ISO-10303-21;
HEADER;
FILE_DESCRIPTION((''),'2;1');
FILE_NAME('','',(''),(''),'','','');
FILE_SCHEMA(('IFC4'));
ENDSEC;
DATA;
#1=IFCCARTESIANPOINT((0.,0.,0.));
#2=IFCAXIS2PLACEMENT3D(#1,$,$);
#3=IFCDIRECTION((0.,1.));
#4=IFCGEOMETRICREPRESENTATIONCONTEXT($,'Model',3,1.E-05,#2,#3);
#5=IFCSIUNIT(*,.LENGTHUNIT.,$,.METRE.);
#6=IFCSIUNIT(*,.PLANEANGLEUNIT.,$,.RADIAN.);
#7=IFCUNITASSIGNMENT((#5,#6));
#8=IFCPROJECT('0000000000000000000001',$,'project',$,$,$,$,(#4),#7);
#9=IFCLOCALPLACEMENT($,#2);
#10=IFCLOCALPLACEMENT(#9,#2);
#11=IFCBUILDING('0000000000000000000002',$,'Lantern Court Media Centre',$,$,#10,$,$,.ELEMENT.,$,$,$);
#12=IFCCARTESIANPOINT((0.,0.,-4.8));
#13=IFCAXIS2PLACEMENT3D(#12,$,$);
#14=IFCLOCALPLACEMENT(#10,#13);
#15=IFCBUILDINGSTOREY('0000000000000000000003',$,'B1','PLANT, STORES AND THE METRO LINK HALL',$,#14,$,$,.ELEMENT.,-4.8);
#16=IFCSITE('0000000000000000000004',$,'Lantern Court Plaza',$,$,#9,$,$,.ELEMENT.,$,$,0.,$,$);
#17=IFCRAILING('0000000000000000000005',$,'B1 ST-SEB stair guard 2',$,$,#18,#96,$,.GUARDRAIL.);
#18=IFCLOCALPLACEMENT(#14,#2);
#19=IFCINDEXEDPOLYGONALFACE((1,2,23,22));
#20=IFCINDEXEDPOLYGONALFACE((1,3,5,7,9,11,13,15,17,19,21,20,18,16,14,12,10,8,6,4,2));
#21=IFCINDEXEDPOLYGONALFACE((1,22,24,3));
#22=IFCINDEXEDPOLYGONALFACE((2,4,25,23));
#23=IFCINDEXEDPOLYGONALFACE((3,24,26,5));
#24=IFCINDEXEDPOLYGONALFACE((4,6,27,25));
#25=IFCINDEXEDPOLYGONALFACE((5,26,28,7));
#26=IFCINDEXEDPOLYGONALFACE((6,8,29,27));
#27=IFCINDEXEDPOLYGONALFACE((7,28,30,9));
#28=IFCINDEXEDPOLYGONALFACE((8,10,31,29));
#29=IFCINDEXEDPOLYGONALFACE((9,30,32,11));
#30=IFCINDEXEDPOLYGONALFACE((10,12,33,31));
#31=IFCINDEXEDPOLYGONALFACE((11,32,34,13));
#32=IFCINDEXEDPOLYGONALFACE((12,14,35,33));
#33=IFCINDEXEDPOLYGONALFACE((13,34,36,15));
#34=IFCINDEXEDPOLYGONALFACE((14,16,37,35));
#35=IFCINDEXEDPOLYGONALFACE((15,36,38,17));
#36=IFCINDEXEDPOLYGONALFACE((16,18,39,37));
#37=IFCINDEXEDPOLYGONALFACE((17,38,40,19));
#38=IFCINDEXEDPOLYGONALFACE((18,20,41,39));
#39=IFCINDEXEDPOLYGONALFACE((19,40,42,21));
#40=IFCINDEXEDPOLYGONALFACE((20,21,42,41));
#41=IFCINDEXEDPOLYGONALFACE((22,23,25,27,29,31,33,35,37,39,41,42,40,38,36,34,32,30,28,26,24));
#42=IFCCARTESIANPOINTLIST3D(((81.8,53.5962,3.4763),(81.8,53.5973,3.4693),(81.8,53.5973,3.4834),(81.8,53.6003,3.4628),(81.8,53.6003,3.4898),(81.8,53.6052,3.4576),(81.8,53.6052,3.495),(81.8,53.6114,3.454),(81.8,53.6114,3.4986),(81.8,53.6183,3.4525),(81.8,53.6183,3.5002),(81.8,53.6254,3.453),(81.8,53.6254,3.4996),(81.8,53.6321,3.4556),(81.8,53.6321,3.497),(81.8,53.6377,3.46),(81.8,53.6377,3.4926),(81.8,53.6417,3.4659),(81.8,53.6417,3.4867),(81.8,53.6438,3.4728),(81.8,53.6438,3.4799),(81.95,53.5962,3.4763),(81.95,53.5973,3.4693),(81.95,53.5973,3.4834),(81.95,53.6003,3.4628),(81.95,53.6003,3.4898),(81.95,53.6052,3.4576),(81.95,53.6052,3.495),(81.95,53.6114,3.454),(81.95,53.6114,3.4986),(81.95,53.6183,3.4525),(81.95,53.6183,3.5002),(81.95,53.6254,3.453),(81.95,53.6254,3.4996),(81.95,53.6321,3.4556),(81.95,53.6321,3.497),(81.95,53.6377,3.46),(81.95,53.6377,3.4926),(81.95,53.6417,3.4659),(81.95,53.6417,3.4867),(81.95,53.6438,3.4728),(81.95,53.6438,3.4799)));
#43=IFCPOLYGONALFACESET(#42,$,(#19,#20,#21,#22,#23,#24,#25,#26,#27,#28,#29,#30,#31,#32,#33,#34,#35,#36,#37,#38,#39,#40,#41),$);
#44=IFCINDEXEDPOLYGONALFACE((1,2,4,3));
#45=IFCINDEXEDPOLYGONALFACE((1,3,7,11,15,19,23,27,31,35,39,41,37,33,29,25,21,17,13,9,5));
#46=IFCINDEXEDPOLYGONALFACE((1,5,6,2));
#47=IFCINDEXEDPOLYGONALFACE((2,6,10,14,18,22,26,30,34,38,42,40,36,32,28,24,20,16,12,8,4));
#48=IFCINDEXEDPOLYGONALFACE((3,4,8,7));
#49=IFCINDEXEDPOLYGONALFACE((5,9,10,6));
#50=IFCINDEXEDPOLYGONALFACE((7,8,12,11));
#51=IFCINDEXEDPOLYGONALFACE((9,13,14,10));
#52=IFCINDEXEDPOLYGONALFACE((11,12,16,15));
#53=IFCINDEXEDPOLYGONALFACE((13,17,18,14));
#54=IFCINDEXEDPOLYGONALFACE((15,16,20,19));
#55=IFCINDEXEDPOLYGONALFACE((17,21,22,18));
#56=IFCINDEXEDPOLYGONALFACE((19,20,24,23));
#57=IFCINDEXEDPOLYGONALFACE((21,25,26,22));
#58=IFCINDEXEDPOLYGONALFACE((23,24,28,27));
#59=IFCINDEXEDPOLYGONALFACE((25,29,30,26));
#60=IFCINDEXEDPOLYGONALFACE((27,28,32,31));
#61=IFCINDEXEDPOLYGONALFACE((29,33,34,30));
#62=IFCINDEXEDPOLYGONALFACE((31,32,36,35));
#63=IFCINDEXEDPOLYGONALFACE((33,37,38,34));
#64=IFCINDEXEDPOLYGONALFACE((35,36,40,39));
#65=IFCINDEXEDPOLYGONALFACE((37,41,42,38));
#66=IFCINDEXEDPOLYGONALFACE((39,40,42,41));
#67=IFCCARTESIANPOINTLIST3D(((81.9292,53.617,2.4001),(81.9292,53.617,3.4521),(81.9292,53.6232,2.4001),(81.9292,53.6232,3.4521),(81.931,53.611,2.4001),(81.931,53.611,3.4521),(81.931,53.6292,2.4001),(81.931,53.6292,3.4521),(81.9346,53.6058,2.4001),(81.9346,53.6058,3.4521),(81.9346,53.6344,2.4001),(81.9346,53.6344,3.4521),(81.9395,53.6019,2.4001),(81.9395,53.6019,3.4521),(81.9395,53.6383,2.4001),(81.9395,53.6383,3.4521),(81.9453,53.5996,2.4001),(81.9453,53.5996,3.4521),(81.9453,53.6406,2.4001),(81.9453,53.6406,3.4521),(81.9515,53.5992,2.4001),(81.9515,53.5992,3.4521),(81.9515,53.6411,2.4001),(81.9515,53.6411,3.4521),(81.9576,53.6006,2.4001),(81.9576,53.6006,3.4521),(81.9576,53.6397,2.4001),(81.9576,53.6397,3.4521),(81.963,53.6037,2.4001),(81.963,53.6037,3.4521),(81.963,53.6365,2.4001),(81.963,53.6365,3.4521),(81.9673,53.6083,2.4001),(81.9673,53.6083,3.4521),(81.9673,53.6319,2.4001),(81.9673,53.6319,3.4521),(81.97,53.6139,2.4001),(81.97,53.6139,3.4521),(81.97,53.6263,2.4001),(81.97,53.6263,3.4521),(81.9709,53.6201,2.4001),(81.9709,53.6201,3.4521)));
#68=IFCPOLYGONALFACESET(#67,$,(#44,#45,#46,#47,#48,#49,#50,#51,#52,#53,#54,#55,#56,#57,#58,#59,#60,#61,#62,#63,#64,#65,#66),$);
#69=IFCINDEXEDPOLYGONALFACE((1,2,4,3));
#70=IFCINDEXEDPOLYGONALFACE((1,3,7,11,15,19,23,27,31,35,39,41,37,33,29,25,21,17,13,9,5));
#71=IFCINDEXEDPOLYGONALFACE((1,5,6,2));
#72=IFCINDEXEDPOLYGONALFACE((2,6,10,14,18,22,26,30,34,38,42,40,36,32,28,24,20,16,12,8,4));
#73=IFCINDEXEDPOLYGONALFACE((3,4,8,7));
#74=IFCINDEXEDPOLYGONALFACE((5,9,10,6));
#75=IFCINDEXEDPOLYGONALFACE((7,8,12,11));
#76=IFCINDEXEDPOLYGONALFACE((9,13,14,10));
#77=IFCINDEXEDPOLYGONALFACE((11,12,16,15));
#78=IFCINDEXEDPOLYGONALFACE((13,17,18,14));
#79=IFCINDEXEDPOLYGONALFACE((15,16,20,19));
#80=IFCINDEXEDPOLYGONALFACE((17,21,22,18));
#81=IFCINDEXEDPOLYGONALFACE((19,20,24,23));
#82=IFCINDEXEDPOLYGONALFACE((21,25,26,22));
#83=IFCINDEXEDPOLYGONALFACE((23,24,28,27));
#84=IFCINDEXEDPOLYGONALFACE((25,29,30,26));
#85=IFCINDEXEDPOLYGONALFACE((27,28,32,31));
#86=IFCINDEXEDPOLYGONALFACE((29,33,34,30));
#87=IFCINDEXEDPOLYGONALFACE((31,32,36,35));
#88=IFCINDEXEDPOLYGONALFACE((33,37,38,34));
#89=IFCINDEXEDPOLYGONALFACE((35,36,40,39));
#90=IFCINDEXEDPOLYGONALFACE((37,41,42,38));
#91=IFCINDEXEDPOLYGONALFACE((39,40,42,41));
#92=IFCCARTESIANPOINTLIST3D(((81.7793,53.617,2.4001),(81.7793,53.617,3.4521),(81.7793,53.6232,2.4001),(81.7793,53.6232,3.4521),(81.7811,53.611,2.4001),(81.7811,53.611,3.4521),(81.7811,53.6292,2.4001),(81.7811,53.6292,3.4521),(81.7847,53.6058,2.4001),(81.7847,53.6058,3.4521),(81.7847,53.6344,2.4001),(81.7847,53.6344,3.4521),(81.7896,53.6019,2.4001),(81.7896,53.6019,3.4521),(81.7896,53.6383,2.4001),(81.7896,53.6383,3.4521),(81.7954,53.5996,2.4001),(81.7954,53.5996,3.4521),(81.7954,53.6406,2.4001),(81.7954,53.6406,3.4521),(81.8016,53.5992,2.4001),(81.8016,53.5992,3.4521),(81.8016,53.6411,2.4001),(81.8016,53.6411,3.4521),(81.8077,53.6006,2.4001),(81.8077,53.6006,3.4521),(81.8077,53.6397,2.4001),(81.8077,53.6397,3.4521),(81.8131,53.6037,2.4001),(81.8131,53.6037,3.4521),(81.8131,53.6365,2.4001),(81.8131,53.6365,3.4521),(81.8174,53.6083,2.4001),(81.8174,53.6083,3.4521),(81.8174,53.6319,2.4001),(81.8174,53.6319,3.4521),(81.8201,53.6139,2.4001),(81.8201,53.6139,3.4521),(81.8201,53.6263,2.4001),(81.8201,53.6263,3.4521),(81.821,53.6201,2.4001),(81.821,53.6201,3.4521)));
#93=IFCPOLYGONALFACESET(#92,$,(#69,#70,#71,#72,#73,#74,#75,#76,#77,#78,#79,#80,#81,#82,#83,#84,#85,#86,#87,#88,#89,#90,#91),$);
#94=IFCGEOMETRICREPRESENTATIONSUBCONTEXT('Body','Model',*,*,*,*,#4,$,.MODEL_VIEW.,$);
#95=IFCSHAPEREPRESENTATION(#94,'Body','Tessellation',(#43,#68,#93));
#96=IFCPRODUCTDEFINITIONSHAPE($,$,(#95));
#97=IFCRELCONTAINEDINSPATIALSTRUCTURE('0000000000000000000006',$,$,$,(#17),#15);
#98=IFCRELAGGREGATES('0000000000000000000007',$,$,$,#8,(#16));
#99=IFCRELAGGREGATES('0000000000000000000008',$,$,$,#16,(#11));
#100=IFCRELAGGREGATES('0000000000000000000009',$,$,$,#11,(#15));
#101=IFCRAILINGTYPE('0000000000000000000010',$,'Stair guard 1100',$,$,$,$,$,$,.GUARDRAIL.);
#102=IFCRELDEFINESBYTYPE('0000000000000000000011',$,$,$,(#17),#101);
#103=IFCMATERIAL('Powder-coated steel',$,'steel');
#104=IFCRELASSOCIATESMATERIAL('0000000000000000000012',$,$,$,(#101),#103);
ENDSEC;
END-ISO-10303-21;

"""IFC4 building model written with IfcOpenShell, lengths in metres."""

from ifc_helpers import new_model, si_unit, direction, frame, origin, origin_2d, place, context, subcontext, project, spatial, circle, extrude, material, type_object, element, save


model = new_model("IFC4")

# Units and contexts
model_context = context("Model", 3, precision=1e-05, world=origin(), true_north=direction((0.0, 1.0)))
body_context = subcontext(model_context, "Body", "Model", "MODEL_VIEW")
ifc_project = project(units=[si_unit("LENGTHUNIT", "METRE"), si_unit("PLANEANGLEUNIT", "RADIAN")], contexts=[model_context])

# Site, building, storey
site_placement = place(None, origin())
site = spatial("IfcSite", under=ifc_project, at=site_placement, Name="Lantern Court Plaza", CompositionType="ELEMENT", RefElevation=0.0)
building_placement = place(site_placement, origin())
building = spatial("IfcBuilding", under=site, at=building_placement, Name="Lantern Court Media Centre", CompositionType="ELEMENT")
storey_placement = place(building_placement, frame((0.0, 0.0, -4.8)))
storey = spatial("IfcBuildingStorey", under=building, at=storey_placement, Name="B1", Description="PLANT, STORES AND THE METRO LINK HALL", CompositionType="ELEMENT", Elevation=-4.8)

# Railing
ifc_material_1 = material(Name="Powder-coated steel", Category="steel")
railing_type_1 = type_object("IfcRailingType", Name="Stair guard 1100", PredefinedType="GUARDRAIL", material=ifc_material_1)
railing_1_placement = place(storey_placement, frame((81.95, 53.6201, 2.4001)))
element("IfcRailing", 1, at=railing_1_placement, inside=storey, type_object=railing_type_1, Name="B1 ST-SEB stair guard 2", PredefinedType="GUARDRAIL", context=body_context, shape_type="SweptSolid", body=[
    extrude(circle(Radius=0.0239, at=origin_2d()), frame((0.0, 0.0, 1.0762), z_axis=(-1.0, 0.0, 0.0), x_axis=(0.0, -1.0, 0.0)), (0.0, 0.0, 1.0), 0.1499),
    extrude(circle(Radius=0.021, at=origin_2d()), origin(), (0.0, 0.0, 1.0), 1.052),
    extrude(circle(Radius=0.021, at=origin_2d()), frame((-0.1499, 0.0, 0.0)), (0.0, 0.0, 1.0), 1.052),
])

save(model, "model.ifc")
